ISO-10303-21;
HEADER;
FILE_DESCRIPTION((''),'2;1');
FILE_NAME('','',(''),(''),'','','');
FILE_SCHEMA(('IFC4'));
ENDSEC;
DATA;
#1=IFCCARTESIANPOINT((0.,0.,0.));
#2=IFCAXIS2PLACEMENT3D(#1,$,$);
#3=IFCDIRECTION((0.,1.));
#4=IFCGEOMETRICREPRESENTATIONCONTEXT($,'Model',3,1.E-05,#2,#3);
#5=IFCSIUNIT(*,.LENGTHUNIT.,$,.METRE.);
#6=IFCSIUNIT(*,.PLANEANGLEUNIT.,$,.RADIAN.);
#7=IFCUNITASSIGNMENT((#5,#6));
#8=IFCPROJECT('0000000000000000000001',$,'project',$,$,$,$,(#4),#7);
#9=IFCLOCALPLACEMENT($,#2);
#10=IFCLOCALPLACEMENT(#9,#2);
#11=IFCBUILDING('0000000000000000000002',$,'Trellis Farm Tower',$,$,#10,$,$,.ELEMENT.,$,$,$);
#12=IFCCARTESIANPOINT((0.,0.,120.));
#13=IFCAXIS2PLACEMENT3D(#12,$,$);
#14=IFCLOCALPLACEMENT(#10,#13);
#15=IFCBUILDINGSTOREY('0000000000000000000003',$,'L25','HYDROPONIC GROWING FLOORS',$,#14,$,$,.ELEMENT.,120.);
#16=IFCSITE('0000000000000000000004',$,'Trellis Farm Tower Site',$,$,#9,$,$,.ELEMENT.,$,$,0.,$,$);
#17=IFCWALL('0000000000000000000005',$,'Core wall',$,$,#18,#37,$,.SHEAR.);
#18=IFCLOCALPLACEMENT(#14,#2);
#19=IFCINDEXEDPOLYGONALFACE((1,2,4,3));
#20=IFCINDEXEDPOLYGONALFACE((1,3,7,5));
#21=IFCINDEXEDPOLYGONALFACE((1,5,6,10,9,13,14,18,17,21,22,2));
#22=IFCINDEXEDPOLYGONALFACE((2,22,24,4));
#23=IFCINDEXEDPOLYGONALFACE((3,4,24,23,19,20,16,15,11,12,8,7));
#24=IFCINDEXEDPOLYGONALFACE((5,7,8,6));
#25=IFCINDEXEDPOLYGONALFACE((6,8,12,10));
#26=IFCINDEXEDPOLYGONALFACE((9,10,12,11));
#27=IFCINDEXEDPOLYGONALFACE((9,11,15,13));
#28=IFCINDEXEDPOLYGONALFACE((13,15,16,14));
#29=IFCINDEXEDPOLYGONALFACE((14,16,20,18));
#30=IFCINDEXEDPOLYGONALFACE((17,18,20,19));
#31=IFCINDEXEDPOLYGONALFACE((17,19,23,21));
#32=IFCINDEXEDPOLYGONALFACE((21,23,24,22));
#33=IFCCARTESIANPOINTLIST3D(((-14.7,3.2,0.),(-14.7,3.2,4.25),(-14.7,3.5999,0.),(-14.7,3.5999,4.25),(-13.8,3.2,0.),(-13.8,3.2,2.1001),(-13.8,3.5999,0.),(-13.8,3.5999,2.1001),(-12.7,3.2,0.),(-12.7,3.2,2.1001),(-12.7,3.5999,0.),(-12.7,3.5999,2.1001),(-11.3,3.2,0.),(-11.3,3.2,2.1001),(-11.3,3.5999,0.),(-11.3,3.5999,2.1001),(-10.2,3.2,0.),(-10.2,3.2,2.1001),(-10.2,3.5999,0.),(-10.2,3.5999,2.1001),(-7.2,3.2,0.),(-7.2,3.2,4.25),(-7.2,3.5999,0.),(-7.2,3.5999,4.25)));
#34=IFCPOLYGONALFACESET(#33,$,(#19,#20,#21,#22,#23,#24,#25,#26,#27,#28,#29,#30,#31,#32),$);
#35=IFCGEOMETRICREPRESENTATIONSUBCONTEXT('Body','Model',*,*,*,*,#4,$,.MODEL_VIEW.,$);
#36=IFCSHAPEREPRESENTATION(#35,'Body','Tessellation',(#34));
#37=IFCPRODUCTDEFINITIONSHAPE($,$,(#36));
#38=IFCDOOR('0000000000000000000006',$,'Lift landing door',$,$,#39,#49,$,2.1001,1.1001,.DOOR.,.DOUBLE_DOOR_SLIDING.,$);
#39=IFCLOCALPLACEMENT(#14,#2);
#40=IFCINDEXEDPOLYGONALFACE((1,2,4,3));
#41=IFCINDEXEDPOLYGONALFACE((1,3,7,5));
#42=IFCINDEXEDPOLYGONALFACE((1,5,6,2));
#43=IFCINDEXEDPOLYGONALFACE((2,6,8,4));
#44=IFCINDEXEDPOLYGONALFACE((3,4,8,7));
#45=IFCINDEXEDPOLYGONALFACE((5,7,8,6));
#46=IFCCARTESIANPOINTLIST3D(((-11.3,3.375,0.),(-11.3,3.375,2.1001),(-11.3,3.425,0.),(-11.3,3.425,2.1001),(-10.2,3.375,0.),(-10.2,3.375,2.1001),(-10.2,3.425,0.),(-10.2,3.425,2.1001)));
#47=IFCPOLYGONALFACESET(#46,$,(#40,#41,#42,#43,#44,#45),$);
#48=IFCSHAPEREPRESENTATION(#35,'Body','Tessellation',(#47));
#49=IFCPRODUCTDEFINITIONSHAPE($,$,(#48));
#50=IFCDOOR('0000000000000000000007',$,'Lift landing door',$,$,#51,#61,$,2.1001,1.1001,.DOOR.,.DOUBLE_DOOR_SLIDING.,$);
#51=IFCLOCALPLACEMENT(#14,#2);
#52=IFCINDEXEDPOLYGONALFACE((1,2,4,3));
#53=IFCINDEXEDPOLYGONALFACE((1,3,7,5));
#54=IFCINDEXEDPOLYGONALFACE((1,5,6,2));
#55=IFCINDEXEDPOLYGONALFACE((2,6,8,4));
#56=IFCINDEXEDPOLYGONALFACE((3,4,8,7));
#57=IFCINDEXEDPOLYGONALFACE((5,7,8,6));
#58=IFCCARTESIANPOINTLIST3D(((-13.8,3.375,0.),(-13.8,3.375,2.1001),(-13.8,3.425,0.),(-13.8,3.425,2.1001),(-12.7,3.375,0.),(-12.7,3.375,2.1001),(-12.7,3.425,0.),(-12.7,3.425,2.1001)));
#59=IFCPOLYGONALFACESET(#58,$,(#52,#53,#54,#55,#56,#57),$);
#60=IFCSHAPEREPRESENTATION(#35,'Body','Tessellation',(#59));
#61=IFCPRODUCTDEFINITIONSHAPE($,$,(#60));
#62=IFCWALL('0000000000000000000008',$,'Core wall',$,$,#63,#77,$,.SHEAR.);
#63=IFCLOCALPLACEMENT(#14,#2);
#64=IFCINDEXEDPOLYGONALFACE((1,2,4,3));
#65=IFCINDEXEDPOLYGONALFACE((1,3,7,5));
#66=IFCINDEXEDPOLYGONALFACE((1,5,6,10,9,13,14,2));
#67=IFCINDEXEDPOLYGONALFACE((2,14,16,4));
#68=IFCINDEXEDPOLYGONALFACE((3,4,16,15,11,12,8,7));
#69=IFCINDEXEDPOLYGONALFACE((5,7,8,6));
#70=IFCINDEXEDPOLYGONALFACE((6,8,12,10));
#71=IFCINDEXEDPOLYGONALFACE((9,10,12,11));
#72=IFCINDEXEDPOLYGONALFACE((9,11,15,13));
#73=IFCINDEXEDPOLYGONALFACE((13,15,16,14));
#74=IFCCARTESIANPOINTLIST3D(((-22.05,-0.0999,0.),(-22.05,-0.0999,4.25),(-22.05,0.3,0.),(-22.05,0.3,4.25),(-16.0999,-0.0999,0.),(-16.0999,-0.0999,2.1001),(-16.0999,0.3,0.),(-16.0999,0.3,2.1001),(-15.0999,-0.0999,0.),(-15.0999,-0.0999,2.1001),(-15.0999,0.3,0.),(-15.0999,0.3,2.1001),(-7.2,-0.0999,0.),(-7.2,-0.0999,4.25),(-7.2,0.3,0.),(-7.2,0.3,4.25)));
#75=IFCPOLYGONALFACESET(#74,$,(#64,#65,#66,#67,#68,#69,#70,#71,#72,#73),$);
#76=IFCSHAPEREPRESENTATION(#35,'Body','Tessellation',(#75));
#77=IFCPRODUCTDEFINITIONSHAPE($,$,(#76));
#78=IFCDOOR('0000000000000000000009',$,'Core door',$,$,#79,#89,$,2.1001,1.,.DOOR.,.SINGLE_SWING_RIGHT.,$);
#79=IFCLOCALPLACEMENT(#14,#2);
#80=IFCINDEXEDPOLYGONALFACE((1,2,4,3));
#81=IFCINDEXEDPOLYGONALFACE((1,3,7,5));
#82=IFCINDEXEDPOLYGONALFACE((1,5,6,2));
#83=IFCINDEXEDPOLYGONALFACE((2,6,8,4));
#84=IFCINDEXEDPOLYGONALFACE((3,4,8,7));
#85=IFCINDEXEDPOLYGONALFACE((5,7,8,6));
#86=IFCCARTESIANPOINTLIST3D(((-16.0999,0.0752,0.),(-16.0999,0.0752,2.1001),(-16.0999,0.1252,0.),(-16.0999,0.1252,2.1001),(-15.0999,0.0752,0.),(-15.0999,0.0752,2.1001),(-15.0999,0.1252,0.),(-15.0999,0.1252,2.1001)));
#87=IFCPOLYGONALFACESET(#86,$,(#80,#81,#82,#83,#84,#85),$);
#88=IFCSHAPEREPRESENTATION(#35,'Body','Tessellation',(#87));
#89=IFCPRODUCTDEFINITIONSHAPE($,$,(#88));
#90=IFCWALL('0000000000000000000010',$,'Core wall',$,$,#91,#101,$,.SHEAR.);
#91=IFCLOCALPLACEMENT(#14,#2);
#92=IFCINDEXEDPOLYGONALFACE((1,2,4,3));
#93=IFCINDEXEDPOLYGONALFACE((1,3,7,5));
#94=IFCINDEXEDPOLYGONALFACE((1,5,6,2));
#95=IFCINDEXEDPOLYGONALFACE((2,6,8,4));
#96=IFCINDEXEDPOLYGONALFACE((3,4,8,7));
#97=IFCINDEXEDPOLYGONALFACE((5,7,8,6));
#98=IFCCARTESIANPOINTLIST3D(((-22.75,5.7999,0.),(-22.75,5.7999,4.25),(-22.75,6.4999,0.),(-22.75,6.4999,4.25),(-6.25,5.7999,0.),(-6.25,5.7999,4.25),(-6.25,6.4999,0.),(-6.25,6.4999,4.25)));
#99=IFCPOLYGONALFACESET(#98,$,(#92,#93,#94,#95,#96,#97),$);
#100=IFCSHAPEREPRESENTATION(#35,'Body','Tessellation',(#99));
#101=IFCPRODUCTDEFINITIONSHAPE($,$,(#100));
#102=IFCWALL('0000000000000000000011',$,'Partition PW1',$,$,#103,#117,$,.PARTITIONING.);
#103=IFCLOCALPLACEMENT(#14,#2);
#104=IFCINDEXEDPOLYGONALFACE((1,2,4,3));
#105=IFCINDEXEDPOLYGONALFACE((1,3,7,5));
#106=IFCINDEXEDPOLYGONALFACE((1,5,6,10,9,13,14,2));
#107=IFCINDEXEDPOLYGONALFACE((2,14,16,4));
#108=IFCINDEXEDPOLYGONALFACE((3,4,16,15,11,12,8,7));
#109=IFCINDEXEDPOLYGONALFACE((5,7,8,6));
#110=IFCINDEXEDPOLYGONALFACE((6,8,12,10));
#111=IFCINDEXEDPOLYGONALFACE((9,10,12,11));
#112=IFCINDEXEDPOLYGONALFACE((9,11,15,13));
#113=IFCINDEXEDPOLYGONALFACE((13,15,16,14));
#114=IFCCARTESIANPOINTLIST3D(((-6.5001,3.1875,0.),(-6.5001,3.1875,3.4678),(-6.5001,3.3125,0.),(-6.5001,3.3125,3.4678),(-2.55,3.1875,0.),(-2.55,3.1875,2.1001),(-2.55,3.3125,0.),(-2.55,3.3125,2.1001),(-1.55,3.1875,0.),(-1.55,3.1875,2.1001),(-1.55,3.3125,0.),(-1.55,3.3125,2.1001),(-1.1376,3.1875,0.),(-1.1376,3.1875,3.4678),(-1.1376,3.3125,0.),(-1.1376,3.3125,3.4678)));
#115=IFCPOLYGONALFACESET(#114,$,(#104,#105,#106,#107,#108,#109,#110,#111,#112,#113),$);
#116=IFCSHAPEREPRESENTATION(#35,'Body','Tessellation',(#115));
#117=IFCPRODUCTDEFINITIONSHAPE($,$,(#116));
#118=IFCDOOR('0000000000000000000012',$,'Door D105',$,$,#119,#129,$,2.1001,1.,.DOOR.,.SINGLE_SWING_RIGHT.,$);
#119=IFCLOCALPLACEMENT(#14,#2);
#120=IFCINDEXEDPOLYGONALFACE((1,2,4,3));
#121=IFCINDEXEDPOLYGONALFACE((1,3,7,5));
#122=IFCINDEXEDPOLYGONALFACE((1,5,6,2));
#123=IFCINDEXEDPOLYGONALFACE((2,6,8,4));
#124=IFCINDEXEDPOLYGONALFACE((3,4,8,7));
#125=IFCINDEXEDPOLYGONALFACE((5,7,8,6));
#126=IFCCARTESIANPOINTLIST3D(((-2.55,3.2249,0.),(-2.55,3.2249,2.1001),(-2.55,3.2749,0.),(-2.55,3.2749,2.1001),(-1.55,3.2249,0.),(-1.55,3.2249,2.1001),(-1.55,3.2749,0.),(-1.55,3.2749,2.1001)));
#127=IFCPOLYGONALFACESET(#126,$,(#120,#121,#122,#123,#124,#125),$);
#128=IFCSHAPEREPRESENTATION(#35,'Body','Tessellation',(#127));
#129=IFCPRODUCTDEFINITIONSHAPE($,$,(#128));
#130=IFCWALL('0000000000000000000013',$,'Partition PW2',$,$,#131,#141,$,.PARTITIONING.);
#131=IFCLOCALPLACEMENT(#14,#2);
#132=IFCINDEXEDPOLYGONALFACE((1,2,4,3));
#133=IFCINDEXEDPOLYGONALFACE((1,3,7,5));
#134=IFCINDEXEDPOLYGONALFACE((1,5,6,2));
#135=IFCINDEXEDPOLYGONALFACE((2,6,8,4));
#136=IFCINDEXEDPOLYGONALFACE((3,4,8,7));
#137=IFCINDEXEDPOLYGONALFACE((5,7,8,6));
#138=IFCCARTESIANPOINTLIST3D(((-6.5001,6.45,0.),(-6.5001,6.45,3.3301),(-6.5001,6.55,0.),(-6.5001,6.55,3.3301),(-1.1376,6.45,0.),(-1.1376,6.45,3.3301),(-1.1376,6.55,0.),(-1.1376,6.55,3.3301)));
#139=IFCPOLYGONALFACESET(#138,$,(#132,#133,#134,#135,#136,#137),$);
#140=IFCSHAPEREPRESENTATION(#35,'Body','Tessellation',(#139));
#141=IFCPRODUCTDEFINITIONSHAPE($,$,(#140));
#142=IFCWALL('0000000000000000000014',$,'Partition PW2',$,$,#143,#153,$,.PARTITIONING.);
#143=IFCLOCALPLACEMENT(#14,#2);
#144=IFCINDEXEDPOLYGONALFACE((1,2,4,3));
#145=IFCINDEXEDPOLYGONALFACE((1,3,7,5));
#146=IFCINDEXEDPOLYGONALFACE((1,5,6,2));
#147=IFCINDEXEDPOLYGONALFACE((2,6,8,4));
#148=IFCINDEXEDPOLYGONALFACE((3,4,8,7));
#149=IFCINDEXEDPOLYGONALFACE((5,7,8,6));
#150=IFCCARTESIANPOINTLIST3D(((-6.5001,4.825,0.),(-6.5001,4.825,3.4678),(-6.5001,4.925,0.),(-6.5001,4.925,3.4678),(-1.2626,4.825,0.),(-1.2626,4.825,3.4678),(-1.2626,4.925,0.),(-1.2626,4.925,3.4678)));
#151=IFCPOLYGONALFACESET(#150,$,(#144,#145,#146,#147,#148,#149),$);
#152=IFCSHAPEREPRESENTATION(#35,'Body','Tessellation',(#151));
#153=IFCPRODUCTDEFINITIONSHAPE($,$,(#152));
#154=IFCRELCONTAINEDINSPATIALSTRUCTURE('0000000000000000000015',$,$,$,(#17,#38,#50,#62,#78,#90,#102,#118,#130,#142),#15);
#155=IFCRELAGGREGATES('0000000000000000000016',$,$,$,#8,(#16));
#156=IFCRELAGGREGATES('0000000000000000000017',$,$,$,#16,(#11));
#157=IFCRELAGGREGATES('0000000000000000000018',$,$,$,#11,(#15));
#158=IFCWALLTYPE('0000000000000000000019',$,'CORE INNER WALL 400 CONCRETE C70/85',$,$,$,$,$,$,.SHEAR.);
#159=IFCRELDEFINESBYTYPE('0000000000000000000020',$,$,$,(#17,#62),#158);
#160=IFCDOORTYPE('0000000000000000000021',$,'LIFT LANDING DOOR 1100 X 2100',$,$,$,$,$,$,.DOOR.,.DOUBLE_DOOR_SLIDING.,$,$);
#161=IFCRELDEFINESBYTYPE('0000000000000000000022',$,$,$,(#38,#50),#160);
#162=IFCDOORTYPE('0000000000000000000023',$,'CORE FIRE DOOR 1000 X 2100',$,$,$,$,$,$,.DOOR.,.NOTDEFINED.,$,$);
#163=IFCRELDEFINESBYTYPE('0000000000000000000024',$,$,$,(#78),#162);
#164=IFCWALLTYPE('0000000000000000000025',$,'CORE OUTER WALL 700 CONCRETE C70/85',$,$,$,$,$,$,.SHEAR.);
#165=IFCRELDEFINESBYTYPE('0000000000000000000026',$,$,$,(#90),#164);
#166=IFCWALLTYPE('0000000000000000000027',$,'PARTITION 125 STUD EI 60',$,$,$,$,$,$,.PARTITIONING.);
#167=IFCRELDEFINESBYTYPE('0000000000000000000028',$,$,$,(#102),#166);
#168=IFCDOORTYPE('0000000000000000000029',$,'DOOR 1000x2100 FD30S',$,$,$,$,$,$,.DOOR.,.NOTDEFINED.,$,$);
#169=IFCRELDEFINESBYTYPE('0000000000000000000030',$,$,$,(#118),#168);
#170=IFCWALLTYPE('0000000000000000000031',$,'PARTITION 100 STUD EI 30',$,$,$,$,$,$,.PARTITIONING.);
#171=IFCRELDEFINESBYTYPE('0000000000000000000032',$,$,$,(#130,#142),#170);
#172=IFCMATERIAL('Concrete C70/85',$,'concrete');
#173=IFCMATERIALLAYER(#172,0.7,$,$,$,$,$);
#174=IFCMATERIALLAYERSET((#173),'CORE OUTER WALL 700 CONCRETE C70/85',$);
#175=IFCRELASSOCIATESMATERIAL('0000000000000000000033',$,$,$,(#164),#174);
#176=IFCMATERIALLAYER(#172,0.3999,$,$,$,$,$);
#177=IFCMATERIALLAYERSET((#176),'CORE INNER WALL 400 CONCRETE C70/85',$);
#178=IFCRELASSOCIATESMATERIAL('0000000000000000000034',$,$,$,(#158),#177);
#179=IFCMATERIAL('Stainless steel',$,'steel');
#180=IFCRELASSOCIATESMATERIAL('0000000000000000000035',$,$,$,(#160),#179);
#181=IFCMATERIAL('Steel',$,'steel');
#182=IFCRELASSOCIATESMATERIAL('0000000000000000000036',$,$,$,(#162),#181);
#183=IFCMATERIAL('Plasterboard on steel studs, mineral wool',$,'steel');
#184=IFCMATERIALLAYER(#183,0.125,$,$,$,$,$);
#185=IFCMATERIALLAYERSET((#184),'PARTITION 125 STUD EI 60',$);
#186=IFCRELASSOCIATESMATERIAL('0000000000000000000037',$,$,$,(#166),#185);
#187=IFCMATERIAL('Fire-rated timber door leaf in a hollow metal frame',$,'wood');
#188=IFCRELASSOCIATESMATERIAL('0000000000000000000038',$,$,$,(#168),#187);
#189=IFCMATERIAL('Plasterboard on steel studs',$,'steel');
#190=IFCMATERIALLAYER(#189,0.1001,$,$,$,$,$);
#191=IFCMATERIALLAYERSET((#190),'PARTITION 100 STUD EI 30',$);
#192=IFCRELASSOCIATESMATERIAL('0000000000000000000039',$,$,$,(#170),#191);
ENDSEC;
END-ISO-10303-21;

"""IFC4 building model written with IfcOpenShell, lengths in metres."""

from ifc_helpers import new_model, si_unit, direction, frame, frame_2d, origin, place, context, subcontext, project, spatial, rectangle, extrude, source, transform, mapped, material, layer, layer_set, type_object, element, fill, save


model = new_model("IFC4")

# Units and contexts
model_context = context("Model", 3, precision=1e-05, world=origin(), true_north=direction((0.0, 1.0)))
body_context = subcontext(model_context, "Body", "Model", "MODEL_VIEW")
ifc_project = project(units=[si_unit("LENGTHUNIT", "METRE"), si_unit("PLANEANGLEUNIT", "RADIAN")], contexts=[model_context])

# Site, building, storey
site_placement = place(None, origin())
site = spatial("IfcSite", under=ifc_project, at=site_placement, Name="Trellis Farm Tower Site", CompositionType="ELEMENT", RefElevation=0.0)
building_placement = place(site_placement, origin())
building = spatial("IfcBuilding", under=site, at=building_placement, Name="Trellis Farm Tower", CompositionType="ELEMENT")
storey_placement = place(building_placement, frame((0.0, 0.0, 120.0)))
storey = spatial("IfcBuildingStorey", under=building, at=storey_placement, Name="L25", Description="HYDROPONIC GROWING FLOORS", CompositionType="ELEMENT", Elevation=120.0)

# Shared definitions
ifc_material_1 = material(Name="Concrete C70/85", Category="concrete")
ifc_layer_1 = layer(ifc_material_1, 0.7)
ifc_layer_set_1 = layer_set([ifc_layer_1], Name="CORE OUTER WALL 700 CONCRETE C70/85")
wall_type_1 = type_object("IfcWallType", Name="CORE OUTER WALL 700 CONCRETE C70/85", PredefinedType="SHEAR", material=ifc_layer_set_1)
ifc_material_2 = material(Name="Steel", Category="steel")

# Shared definitions
ifc_layer_2 = layer(ifc_material_1, 0.3999)
ifc_layer_set_2 = layer_set([ifc_layer_2], Name="CORE INNER WALL 400 CONCRETE C70/85")
wall_type_2 = type_object("IfcWallType", Name="CORE INNER WALL 400 CONCRETE C70/85", PredefinedType="SHEAR", material=ifc_layer_set_2)

# Wall, openings, doors
shared_shape_1 = source(origin(), body_context, "Body", "SweptSolid", [
    extrude(rectangle(XDim=7.5, YDim=0.3999, at=frame_2d((3.75, 0.0))), origin(), (0.0, 0.0, 1.0), 4.25),
])
wall_1_placement = place(storey_placement, frame((-7.2, 3.3999, 0.0), z_axis=(0.0, 0.0, 1.0), x_axis=(-1.0, 0.0, 0.0)))
wall_1 = element("IfcWall", 1, at=wall_1_placement, inside=storey, type_object=wall_type_2, Name="Core wall", PredefinedType="SHEAR", context=body_context, shape_type="MappedRepresentation", body=[
    mapped(shared_shape_1, transform((0.0, 0.0, 0.0))),
])
shared_shape_2 = source(origin(), body_context, "Body", "SweptSolid", [
    extrude(rectangle(XDim=1.1001, YDim=2.1001, at=frame_2d((0.55, 1.05))), frame((0.0, 0.21, 0.0), z_axis=(0.0, -1.0, 0.0), x_axis=(1.0, 0.0, 0.0)), (0.0, 0.0, 1.0), 0.4199),
])
opening_1_placement = place(wall_1_placement, frame((3.0, 0.0, 0.0)))
opening_1 = element("IfcOpeningElement", 2, at=opening_1_placement, cuts=wall_1, PredefinedType="OPENING", context=body_context, shape_type="MappedRepresentation", body=[
    mapped(shared_shape_2, transform((0.0, 0.0, 0.0))),
])
opening_2_placement = place(wall_1_placement, frame((5.5, 0.0, 0.0)))
opening_2 = element("IfcOpeningElement", 3, at=opening_2_placement, cuts=wall_1, PredefinedType="OPENING", context=body_context, shape_type="MappedRepresentation", body=[
    mapped(shared_shape_2, transform((0.0, 0.0, 0.0))),
])
ifc_material_3 = material(Name="Stainless steel", Category="steel")
door_type_1 = type_object("IfcDoorType", Name="LIFT LANDING DOOR 1100 X 2100", OperationType="DOUBLE_DOOR_SLIDING", PredefinedType="DOOR", material=ifc_material_3)
shared_shape_3 = source(origin(), body_context, "Body", "SweptSolid", [
    extrude(rectangle(XDim=1.1001, YDim=2.1001, at=frame_2d((0.55, 1.05))), frame((0.0, 0.0249, 0.0), z_axis=(0.0, -1.0, 0.0), x_axis=(1.0, 0.0, 0.0)), (0.0, 0.0, 1.0), 0.05),
])
door_1_placement = place(opening_1_placement, origin())
door_1 = element("IfcDoor", 4, at=door_1_placement, inside=storey, type_object=door_type_1, Name="Lift landing door", OperationType="DOUBLE_DOOR_SLIDING", OverallHeight=2.1001, OverallWidth=1.1001, PredefinedType="DOOR", context=body_context, shape_type="MappedRepresentation", body=[
    mapped(shared_shape_3, transform((0.0, 0.0, 0.0))),
])
fill(opening_1, door_1)
door_2_placement = place(opening_2_placement, origin())
door_2 = element("IfcDoor", 5, at=door_2_placement, inside=storey, type_object=door_type_1, Name="Lift landing door", OperationType="DOUBLE_DOOR_SLIDING", OverallHeight=2.1001, OverallWidth=1.1001, PredefinedType="DOOR", context=body_context, shape_type="MappedRepresentation", body=[
    mapped(shared_shape_3, transform((0.0, 0.0, 0.0))),
])
fill(opening_2, door_2)

# Wall, opening, door
shared_shape_4 = source(origin(), body_context, "Body", "SweptSolid", [
    extrude(rectangle(XDim=14.8501, YDim=0.3999, at=frame_2d((7.425, 0.0))), origin(), (0.0, 0.0, 1.0), 4.25),
])
wall_2_placement = place(storey_placement, frame((-7.2, 0.1001, 0.0), z_axis=(0.0, 0.0, 1.0), x_axis=(-1.0, 0.0, 0.0)))
wall_2 = element("IfcWall", 6, at=wall_2_placement, inside=storey, type_object=wall_type_2, Name="Core wall", PredefinedType="SHEAR", context=body_context, shape_type="MappedRepresentation", body=[
    mapped(shared_shape_4, transform((0.0, 0.0, 0.0))),
])
shared_shape_5 = source(origin(), body_context, "Body", "SweptSolid", [
    extrude(rectangle(XDim=1.0, YDim=2.1001, at=frame_2d((0.5, 1.05))), frame((0.0, 0.21, 0.0), z_axis=(0.0, -1.0, 0.0), x_axis=(1.0, 0.0, 0.0)), (0.0, 0.0, 1.0), 0.4199),
])
opening_3_placement = place(wall_2_placement, frame((7.8999, 0.0, 0.0)))
opening_3 = element("IfcOpeningElement", 7, at=opening_3_placement, cuts=wall_2, PredefinedType="OPENING", context=body_context, shape_type="MappedRepresentation", body=[
    mapped(shared_shape_5, transform((0.0, 0.0, 0.0))),
])
door_type_2 = type_object("IfcDoorType", Name="CORE FIRE DOOR 1000 X 2100", OperationType="NOTDEFINED", PredefinedType="DOOR", material=ifc_material_2)
shared_shape_6 = source(origin(), body_context, "Body", "SweptSolid", [
    extrude(rectangle(XDim=1.0, YDim=2.1001, at=frame_2d((0.5, 1.05))), frame((0.0, 0.0249, 0.0), z_axis=(0.0, -1.0, 0.0), x_axis=(1.0, 0.0, 0.0)), (0.0, 0.0, 1.0), 0.05),
])
door_3_placement = place(opening_3_placement, origin())
door_3 = element("IfcDoor", 8, at=door_3_placement, inside=storey, type_object=door_type_2, Name="Core door", OperationType="SINGLE_SWING_RIGHT", OverallHeight=2.1001, OverallWidth=1.0, PredefinedType="DOOR", context=body_context, shape_type="MappedRepresentation", body=[
    mapped(shared_shape_6, transform((0.0, 0.0, 0.0))),
])
fill(opening_3, door_3)

# Wall
shared_shape_7 = source(origin(), body_context, "Body", "SweptSolid", [
    extrude(rectangle(XDim=16.5, YDim=0.7, at=frame_2d((8.25, 0.0))), origin(), (0.0, 0.0, 1.0), 4.25),
])
wall_3_placement = place(storey_placement, frame((-6.25, 6.1499, 0.0), z_axis=(0.0, 0.0, 1.0), x_axis=(-1.0, 0.0, 0.0)))
element("IfcWall", 9, at=wall_3_placement, inside=storey, type_object=wall_type_1, Name="Core wall", PredefinedType="SHEAR", context=body_context, shape_type="MappedRepresentation", body=[
    mapped(shared_shape_7, transform((0.0, 0.0, 0.0))),
])

# Wall, opening, door
ifc_material_4 = material(Name="Plasterboard on steel studs, mineral wool", Category="steel")
ifc_layer_3 = layer(ifc_material_4, 0.125)
ifc_layer_set_3 = layer_set([ifc_layer_3], Name="PARTITION 125 STUD EI 60")
wall_type_3 = type_object("IfcWallType", Name="PARTITION 125 STUD EI 60", PredefinedType="PARTITIONING", material=ifc_layer_set_3)
shared_shape_8 = source(origin(), body_context, "Body", "SweptSolid", [
    extrude(rectangle(XDim=5.3625, YDim=0.125, at=frame_2d((2.6812, 0.0))), origin(), (0.0, 0.0, 1.0), 3.4678),
])
wall_4_placement = place(storey_placement, frame((-6.5, 3.25, 0.0), z_axis=(0.0, 0.0, 1.0), x_axis=(1.0, 0.0, 0.0)))
wall_4 = element("IfcWall", 10, at=wall_4_placement, inside=storey, type_object=wall_type_3, Name="Partition PW1", PredefinedType="PARTITIONING", context=body_context, shape_type="MappedRepresentation", body=[
    mapped(shared_shape_8, transform((0.0, 0.0, 0.0))),
])
shared_shape_9 = source(origin(), body_context, "Body", "SweptSolid", [
    extrude(rectangle(XDim=1.0, YDim=2.1001, at=frame_2d((0.5, 1.05))), frame((0.0, 0.0725, 0.0), z_axis=(0.0, -1.0, 0.0), x_axis=(1.0, 0.0, 0.0)), (0.0, 0.0, 1.0), 0.145),
])
opening_4_placement = place(wall_4_placement, frame((3.95, 0.0, 0.0)))
opening_4 = element("IfcOpeningElement", 11, at=opening_4_placement, cuts=wall_4, PredefinedType="OPENING", context=body_context, shape_type="MappedRepresentation", body=[
    mapped(shared_shape_9, transform((0.0, 0.0, 0.0))),
])
ifc_material_5 = material(Name="Fire-rated timber door leaf in a hollow metal frame", Category="wood")
door_type_3 = type_object("IfcDoorType", Name="DOOR 1000x2100 FD30S", OperationType="NOTDEFINED", PredefinedType="DOOR", material=ifc_material_5)
door_4_placement = place(opening_4_placement, origin())
door_4 = element("IfcDoor", 12, at=door_4_placement, inside=storey, type_object=door_type_3, Name="Door D105", OperationType="SINGLE_SWING_RIGHT", OverallHeight=2.1001, OverallWidth=1.0, PredefinedType="DOOR", context=body_context, shape_type="MappedRepresentation", body=[
    mapped(shared_shape_6, transform((0.0, 0.0, 0.0))),
])
fill(opening_4, door_4)

# Walls
ifc_material_6 = material(Name="Plasterboard on steel studs", Category="steel")
ifc_layer_4 = layer(ifc_material_6, 0.1001)
ifc_layer_set_4 = layer_set([ifc_layer_4], Name="PARTITION 100 STUD EI 30")
wall_type_4 = type_object("IfcWallType", Name="PARTITION 100 STUD EI 30", PredefinedType="PARTITIONING", material=ifc_layer_set_4)
shared_shape_10 = source(origin(), body_context, "Body", "SweptSolid", [
    extrude(rectangle(XDim=5.3625, YDim=0.1001, at=frame_2d((2.6812, 0.0))), origin(), (0.0, 0.0, 1.0), 3.3301),
])
wall_5_placement = place(storey_placement, frame((-6.5, 6.5, 0.0), z_axis=(0.0, 0.0, 1.0), x_axis=(1.0, 0.0, 0.0)))
element("IfcWall", 13, at=wall_5_placement, inside=storey, type_object=wall_type_4, Name="Partition PW2", PredefinedType="PARTITIONING", context=body_context, shape_type="MappedRepresentation", body=[
    mapped(shared_shape_10, transform((0.0, 0.0, 0.0))),
])
shared_shape_11 = source(origin(), body_context, "Body", "SweptSolid", [
    extrude(rectangle(XDim=5.2375, YDim=0.1001, at=frame_2d((2.6187, 0.0))), origin(), (0.0, 0.0, 1.0), 3.4678),
])
wall_6_placement = place(storey_placement, frame((-6.5, 4.875, 0.0), z_axis=(0.0, 0.0, 1.0), x_axis=(1.0, 0.0, 0.0)))
element("IfcWall", 14, at=wall_6_placement, inside=storey, type_object=wall_type_4, Name="Partition PW2", PredefinedType="PARTITIONING", context=body_context, shape_type="MappedRepresentation", body=[
    mapped(shared_shape_11, transform((0.0, 0.0, 0.0))),
])

save(model, "model.ifc")
